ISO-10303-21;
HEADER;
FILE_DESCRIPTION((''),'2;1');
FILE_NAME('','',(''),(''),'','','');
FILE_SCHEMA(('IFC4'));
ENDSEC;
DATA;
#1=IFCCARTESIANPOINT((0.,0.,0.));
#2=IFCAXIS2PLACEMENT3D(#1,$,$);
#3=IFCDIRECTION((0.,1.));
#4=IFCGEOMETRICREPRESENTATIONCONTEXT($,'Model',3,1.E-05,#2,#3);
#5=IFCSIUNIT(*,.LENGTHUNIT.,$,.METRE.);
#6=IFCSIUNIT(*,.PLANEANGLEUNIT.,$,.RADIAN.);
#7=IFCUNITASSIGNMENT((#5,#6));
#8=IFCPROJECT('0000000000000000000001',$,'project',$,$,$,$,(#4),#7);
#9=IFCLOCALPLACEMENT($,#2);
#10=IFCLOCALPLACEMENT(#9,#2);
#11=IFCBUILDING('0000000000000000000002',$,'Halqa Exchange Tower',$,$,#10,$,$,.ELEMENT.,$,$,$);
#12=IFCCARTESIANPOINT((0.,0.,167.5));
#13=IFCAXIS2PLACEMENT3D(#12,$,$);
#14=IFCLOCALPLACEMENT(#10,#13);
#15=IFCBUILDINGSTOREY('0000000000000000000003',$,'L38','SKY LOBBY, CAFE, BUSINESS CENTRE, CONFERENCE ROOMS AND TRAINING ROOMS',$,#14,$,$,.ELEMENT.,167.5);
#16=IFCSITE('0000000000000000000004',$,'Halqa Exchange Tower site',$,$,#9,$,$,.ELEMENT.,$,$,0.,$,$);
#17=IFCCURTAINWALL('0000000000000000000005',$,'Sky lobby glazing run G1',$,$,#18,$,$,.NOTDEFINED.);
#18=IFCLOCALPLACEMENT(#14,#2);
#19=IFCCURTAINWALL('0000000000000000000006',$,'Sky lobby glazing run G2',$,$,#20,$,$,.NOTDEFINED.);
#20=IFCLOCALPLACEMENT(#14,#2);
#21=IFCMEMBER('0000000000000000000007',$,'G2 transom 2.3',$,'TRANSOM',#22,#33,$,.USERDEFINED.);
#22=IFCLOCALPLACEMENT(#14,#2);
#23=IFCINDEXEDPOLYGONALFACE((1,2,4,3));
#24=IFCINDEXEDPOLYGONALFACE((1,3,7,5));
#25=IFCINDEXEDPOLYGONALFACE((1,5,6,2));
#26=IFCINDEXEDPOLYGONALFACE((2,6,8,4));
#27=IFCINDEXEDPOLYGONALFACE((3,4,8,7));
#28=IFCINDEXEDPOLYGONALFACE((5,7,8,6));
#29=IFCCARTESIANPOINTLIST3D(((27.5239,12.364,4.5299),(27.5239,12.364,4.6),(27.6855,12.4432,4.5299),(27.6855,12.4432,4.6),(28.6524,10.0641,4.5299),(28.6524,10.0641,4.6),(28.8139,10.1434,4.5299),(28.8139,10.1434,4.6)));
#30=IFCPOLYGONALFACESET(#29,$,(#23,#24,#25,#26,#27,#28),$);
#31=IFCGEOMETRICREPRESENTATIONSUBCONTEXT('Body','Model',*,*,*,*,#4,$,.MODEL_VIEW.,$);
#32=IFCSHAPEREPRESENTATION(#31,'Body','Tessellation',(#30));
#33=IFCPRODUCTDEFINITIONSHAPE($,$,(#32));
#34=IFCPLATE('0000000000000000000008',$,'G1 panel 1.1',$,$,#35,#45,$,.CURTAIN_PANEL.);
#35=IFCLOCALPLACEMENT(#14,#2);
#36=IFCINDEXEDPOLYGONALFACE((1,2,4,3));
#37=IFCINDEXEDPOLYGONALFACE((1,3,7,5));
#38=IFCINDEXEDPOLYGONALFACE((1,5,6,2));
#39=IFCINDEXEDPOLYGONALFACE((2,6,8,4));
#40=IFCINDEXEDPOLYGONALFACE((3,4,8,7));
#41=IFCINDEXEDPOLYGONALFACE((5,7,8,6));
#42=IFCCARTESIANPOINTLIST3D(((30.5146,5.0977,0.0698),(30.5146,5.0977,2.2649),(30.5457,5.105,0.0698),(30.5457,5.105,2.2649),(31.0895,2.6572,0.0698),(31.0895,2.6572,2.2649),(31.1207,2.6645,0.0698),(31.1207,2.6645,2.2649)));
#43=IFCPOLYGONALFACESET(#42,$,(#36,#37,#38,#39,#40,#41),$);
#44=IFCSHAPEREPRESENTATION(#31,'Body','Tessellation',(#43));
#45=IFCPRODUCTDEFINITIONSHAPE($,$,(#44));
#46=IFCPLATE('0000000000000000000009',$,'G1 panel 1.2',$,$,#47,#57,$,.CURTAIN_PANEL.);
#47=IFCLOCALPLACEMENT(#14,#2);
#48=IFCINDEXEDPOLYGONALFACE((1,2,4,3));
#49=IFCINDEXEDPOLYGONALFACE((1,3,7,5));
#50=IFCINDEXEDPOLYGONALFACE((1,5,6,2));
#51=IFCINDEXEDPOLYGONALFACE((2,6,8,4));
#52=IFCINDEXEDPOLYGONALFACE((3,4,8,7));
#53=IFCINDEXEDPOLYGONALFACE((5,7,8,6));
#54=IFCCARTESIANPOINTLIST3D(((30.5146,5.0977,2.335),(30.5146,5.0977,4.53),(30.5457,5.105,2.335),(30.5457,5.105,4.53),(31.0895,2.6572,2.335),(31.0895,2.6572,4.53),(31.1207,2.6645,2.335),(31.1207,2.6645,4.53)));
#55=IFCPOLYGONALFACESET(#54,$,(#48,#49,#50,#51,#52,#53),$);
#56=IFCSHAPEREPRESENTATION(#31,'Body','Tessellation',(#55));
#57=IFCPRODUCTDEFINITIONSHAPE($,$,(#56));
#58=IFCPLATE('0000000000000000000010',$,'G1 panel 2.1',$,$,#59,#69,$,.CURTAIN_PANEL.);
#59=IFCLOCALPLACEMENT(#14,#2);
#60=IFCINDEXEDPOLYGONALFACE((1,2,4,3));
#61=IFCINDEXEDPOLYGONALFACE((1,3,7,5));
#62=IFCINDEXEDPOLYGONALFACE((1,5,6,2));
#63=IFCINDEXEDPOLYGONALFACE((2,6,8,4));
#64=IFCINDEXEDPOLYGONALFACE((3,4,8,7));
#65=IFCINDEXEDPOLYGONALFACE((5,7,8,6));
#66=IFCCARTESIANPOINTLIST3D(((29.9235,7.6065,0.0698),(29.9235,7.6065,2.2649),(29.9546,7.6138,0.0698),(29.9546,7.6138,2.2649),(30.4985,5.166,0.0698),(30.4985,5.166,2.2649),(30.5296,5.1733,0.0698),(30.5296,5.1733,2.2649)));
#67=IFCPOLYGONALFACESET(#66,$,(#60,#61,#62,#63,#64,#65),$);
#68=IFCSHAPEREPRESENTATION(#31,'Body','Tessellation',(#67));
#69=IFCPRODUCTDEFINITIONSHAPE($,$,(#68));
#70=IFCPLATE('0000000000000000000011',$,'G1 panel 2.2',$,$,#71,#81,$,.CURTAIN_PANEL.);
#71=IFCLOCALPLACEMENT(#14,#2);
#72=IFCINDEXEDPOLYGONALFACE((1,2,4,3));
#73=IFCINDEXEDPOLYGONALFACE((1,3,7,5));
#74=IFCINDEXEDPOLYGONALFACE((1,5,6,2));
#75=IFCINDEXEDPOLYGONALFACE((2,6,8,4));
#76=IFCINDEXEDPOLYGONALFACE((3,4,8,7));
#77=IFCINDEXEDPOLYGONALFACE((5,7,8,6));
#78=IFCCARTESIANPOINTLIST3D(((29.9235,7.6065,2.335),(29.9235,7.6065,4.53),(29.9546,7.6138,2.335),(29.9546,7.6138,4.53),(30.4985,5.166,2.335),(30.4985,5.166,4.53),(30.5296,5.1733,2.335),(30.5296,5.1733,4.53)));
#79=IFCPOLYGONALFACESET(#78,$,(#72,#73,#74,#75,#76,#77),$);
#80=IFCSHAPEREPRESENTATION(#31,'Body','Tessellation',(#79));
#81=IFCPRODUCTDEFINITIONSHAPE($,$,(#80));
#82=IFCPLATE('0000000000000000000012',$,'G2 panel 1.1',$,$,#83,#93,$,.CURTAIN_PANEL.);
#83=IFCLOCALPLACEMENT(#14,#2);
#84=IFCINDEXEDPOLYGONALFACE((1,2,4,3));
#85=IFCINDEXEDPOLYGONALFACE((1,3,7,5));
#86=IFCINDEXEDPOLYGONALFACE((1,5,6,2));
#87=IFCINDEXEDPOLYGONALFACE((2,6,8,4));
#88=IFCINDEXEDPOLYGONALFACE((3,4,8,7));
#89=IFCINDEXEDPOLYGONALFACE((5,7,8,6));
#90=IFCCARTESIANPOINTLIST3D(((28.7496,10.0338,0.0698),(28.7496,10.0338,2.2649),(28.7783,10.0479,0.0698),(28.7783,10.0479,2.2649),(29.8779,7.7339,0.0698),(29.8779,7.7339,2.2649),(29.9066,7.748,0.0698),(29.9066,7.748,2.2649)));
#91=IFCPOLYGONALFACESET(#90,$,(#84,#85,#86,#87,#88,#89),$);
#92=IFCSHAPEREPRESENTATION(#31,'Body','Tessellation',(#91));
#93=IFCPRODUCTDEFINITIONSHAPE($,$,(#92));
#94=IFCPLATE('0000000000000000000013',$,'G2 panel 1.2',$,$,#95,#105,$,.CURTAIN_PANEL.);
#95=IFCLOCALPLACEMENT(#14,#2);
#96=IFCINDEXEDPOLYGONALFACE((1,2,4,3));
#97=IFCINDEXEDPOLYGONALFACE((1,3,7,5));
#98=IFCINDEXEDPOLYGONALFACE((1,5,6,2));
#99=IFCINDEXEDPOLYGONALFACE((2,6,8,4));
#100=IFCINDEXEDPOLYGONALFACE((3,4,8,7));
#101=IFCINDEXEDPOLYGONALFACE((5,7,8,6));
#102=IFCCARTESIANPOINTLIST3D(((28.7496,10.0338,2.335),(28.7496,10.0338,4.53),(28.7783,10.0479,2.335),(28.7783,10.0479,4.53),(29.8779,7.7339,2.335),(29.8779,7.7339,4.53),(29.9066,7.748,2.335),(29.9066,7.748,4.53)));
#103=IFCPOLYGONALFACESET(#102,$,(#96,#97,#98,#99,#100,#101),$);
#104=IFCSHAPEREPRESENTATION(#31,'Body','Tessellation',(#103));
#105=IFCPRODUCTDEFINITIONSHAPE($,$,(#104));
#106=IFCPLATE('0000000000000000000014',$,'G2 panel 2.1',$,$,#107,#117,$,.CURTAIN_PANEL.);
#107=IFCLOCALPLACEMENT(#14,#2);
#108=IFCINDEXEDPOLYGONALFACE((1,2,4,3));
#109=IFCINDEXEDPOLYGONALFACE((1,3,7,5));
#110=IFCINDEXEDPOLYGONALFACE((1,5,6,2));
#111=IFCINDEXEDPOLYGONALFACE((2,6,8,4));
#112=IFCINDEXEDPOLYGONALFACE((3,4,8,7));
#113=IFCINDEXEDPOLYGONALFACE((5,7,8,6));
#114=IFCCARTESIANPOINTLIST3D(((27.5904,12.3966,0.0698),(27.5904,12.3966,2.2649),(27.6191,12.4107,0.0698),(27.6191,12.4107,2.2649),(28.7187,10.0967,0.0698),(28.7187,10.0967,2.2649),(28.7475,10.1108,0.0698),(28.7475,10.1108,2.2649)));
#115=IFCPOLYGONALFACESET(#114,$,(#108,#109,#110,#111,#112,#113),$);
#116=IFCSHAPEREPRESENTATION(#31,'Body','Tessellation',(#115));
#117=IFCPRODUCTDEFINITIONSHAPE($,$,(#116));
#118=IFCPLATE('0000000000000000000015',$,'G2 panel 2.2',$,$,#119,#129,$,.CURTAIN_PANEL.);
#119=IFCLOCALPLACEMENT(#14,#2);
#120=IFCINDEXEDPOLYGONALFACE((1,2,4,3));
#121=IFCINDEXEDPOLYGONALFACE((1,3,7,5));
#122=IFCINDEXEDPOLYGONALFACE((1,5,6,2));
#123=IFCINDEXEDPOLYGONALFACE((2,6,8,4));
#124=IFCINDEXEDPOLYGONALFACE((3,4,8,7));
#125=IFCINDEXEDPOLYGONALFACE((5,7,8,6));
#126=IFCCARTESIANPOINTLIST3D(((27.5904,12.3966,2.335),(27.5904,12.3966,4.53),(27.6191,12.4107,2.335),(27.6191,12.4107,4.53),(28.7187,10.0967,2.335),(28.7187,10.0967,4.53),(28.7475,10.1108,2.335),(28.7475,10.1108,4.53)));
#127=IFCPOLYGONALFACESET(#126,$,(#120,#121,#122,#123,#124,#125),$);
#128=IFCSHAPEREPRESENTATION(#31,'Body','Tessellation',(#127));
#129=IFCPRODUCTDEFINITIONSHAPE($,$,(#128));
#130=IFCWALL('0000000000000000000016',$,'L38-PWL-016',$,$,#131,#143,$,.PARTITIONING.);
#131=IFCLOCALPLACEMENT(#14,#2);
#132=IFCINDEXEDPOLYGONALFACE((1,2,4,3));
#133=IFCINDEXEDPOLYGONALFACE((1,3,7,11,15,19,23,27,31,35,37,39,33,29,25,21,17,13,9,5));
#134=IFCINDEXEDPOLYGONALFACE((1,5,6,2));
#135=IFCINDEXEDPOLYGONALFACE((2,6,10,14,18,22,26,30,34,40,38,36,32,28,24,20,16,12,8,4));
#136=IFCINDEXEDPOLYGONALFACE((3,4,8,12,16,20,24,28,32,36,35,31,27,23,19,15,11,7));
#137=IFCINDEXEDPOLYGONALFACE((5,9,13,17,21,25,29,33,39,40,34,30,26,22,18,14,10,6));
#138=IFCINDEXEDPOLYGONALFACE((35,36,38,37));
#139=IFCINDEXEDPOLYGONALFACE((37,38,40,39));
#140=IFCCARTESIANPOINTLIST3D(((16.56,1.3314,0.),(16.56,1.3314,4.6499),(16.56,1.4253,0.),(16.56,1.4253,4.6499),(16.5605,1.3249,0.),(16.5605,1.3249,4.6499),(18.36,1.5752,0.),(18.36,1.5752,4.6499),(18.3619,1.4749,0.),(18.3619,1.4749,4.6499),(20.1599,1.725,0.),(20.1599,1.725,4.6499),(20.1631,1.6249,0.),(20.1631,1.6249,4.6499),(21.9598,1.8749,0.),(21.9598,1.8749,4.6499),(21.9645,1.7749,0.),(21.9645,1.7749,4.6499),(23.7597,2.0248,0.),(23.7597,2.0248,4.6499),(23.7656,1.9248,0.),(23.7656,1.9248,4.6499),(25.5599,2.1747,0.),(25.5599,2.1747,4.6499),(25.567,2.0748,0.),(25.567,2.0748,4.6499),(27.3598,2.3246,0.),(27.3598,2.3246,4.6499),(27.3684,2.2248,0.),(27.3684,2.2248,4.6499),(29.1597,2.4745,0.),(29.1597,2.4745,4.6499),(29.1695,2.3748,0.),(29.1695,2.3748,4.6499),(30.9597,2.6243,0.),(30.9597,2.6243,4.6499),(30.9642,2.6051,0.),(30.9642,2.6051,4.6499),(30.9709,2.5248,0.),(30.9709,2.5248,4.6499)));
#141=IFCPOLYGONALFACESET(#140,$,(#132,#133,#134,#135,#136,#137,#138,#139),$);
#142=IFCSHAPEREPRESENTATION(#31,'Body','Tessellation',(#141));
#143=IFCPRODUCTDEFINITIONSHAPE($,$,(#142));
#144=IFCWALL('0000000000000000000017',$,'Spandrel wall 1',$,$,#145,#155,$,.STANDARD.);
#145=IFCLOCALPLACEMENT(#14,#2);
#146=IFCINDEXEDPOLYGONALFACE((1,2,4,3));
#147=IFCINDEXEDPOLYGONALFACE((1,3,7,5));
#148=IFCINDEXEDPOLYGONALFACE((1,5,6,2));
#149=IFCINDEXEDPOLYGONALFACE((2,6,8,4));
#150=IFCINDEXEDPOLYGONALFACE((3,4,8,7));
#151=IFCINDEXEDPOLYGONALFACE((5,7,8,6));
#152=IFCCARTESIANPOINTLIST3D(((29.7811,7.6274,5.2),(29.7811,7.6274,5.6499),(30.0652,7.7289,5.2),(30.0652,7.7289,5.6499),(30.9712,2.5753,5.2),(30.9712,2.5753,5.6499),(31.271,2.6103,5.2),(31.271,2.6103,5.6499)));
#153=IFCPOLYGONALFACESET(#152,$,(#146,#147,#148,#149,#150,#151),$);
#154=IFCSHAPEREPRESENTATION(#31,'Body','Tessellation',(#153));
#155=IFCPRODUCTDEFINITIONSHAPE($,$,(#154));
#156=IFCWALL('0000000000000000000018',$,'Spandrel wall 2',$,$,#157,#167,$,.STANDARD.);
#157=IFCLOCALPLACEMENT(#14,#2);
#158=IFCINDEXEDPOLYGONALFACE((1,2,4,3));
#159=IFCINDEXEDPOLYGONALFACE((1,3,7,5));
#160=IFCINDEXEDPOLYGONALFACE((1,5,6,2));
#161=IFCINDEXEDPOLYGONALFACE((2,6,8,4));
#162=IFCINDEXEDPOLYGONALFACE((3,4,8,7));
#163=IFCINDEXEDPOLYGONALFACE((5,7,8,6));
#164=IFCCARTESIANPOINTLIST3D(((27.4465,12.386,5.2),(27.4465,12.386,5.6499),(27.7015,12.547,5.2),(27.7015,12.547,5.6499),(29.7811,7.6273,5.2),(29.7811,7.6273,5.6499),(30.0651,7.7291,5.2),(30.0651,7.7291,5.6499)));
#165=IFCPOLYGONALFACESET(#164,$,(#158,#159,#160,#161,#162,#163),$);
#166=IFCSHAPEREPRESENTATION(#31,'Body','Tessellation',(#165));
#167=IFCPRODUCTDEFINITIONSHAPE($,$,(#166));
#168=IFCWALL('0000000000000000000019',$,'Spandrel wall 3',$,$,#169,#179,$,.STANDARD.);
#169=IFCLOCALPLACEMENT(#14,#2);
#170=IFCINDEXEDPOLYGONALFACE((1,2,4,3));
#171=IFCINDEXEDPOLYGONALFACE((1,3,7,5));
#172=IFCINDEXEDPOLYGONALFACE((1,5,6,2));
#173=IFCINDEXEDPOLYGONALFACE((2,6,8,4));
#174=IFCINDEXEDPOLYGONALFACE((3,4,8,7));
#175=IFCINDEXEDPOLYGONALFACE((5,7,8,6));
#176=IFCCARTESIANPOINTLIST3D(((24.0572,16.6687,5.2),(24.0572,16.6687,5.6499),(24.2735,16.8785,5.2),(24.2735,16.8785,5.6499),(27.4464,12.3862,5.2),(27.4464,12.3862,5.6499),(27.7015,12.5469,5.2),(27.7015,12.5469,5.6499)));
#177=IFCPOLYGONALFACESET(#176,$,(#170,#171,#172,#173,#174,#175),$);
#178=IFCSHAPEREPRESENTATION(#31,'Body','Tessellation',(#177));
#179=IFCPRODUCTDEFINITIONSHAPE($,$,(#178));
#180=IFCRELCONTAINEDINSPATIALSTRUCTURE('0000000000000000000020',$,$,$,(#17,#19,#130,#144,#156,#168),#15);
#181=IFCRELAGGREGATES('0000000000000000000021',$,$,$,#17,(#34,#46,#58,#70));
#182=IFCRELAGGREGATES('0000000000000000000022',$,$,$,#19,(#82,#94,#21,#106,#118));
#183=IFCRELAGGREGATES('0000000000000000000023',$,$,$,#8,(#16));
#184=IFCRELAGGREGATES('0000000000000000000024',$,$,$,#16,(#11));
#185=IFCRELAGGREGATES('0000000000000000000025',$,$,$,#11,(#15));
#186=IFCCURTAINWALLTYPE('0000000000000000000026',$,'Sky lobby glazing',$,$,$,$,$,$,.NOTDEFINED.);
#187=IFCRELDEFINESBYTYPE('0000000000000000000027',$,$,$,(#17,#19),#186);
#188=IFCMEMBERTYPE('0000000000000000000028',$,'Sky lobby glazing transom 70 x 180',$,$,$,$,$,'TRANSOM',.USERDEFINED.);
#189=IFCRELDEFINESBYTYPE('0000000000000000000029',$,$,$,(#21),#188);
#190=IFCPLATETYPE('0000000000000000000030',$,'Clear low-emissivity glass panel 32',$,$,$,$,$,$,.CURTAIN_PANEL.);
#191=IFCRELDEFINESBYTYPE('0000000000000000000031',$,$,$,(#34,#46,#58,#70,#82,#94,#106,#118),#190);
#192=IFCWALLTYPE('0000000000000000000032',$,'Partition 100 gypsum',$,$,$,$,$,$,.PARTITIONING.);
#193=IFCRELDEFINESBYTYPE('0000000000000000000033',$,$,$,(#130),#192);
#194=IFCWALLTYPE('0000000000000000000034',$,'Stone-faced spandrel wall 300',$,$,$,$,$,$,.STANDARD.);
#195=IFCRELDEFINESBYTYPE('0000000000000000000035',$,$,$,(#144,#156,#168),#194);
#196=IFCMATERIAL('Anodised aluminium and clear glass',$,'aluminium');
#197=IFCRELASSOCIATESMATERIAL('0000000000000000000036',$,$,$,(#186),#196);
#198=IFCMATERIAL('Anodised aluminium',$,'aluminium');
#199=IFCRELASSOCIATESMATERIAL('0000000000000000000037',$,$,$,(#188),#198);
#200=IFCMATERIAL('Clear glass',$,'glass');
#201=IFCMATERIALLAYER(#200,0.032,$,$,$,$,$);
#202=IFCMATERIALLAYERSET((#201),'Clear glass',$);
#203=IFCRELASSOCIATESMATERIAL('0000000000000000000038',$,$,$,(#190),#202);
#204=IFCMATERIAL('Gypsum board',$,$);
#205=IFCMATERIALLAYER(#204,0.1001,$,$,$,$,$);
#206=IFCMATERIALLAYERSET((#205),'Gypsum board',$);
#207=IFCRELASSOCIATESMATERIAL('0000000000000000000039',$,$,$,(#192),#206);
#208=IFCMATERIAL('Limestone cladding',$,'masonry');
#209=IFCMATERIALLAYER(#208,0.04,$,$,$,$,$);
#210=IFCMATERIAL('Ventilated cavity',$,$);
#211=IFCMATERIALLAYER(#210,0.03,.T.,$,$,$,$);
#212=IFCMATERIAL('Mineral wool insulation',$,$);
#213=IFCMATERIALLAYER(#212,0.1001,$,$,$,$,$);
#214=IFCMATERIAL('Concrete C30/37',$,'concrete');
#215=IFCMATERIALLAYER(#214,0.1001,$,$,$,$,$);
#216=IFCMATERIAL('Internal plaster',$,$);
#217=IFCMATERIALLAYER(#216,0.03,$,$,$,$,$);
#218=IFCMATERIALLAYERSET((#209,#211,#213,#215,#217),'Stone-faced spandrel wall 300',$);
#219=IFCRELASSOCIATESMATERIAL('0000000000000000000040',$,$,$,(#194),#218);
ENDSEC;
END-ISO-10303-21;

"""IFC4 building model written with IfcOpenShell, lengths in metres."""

from ifc_helpers import new_model, si_unit, direction, frame, origin, origin_2d, place, context, subcontext, project, spatial, polyline, rectangle, outline, extrude, material, layer, layer_set, material_profile, profile_set, type_object, element, aggregate, save


model = new_model("IFC4")

# Units and contexts
model_context = context("Model", 3, precision=1e-05, world=origin(), true_north=direction((0.0, 1.0)))
body_context = subcontext(model_context, "Body", "Model", "MODEL_VIEW")
ifc_project = project(units=[si_unit("LENGTHUNIT", "METRE"), si_unit("PLANEANGLEUNIT", "RADIAN")], contexts=[model_context])

# Site, building, storey
site_placement = place(None, origin())
site = spatial("IfcSite", under=ifc_project, at=site_placement, Name="Halqa Exchange Tower site", CompositionType="ELEMENT", RefElevation=0.0)
building_placement = place(site_placement, origin())
building = spatial("IfcBuilding", under=site, at=building_placement, Name="Halqa Exchange Tower", CompositionType="ELEMENT")
storey_placement = place(building_placement, frame((0.0, 0.0, 167.5)))
storey = spatial("IfcBuildingStorey", under=building, at=storey_placement, Name="L38", Description="SKY LOBBY, CAFE, BUSINESS CENTRE, CONFERENCE ROOMS AND TRAINING ROOMS", CompositionType="ELEMENT", Elevation=167.5)

# Curtain walls
ifc_material_1 = material(Name="Anodised aluminium and clear glass", Category="aluminium")
curtain_wall_type = type_object("IfcCurtainWallType", Name="Sky lobby glazing", PredefinedType="NOTDEFINED", material=ifc_material_1)
curtain_wall_1_placement = place(storey_placement, origin())
curtain_wall_1 = element("IfcCurtainWall", 1, at=curtain_wall_1_placement, inside=storey, type_object=curtain_wall_type, Name="Sky lobby glazing run G1", PredefinedType="NOTDEFINED")
ifc_material_2 = material(Name="Anodised aluminium", Category="aluminium")
curtain_wall_2_placement = place(storey_placement, origin())
curtain_wall_2 = element("IfcCurtainWall", 2, at=curtain_wall_2_placement, inside=storey, type_object=curtain_wall_type, Name="Sky lobby glazing run G2", PredefinedType="NOTDEFINED")

# Member
ifc_material_profile_1 = material_profile(ifc_material_2, rectangle(XDim=0.1799, YDim=0.0701, at=origin_2d()), Name="AL 70x180")
ifc_profile_set_1 = profile_set([ifc_material_profile_1], Name="Anodised aluminium")
member_type_1 = type_object("IfcMemberType", Name="Sky lobby glazing transom 70 x 180", ElementType="TRANSOM", PredefinedType="USERDEFINED", material=ifc_profile_set_1)
member_1_placement = place(storey_placement, frame((28.7332, 10.1038, 4.5649), z_axis=(-0.440492, 0.897757, 0.0), x_axis=(-0.897757, -0.440492, 0.0)))
member_1 = element("IfcMember", 3, at=member_1_placement, type_object=member_type_1, Name="G2 transom 2.3", ObjectType="TRANSOM", PredefinedType="USERDEFINED", context=body_context, shape_type="SweptSolid", body=[
    extrude(rectangle(XDim=0.1799, YDim=0.0701, at=origin_2d()), origin(), (0.0, 0.0, 1.0), 2.5618),
])

# Plates
ifc_material_3 = material(Name="Clear glass", Category="glass")
ifc_layer_1 = layer(ifc_material_3, 0.032)
ifc_layer_set_1 = layer_set([ifc_layer_1], Name="Clear glass")
plate_type = type_object("IfcPlateType", Name="Clear low-emissivity glass panel 32", PredefinedType="CURTAIN_PANEL", material=ifc_layer_set_1)
plate_1_placement = place(storey_placement, frame((30.8176, 3.8811, 0.0698), z_axis=(0.0, 0.0, 1.0), x_axis=(-0.229318, 0.973352, 0.0)))
plate_1 = element("IfcPlate", 4, at=plate_1_placement, type_object=plate_type, Name="G1 panel 1.1", PredefinedType="CURTAIN_PANEL", context=body_context, shape_type="SweptSolid", body=[
    extrude(rectangle(XDim=2.5073, YDim=0.032, at=origin_2d()), origin(), (0.0, 0.0, 1.0), 2.1951),
])
plate_2_placement = place(storey_placement, frame((30.8176, 3.8811, 2.335), z_axis=(0.0, 0.0, 1.0), x_axis=(-0.229318, 0.973352, 0.0)))
plate_2 = element("IfcPlate", 5, at=plate_2_placement, type_object=plate_type, Name="G1 panel 1.2", PredefinedType="CURTAIN_PANEL", context=body_context, shape_type="SweptSolid", body=[
    extrude(rectangle(XDim=2.5073, YDim=0.032, at=origin_2d()), origin(), (0.0, 0.0, 1.0), 2.1951),
])
plate_3_placement = place(storey_placement, frame((30.2266, 6.3899, 0.0698), z_axis=(0.0, 0.0, 1.0), x_axis=(-0.229318, 0.973352, 0.0)))
plate_3 = element("IfcPlate", 6, at=plate_3_placement, type_object=plate_type, Name="G1 panel 2.1", PredefinedType="CURTAIN_PANEL", context=body_context, shape_type="SweptSolid", body=[
    extrude(rectangle(XDim=2.5073, YDim=0.032, at=origin_2d()), origin(), (0.0, 0.0, 1.0), 2.1951),
])
plate_4_placement = place(storey_placement, frame((30.2266, 6.3899, 2.335), z_axis=(0.0, 0.0, 1.0), x_axis=(-0.229318, 0.973352, 0.0)))
plate_4 = element("IfcPlate", 7, at=plate_4_placement, type_object=plate_type, Name="G1 panel 2.2", PredefinedType="CURTAIN_PANEL", context=body_context, shape_type="SweptSolid", body=[
    extrude(rectangle(XDim=2.5073, YDim=0.032, at=origin_2d()), origin(), (0.0, 0.0, 1.0), 2.1951),
])
aggregate(curtain_wall_1, [plate_1, plate_2, plate_3, plate_4])
plate_5_placement = place(storey_placement, frame((29.3281, 8.8909, 0.0698), z_axis=(0.0, 0.0, 1.0), x_axis=(-0.440444, 0.89778, 0.0)))
plate_5 = element("IfcPlate", 8, at=plate_5_placement, type_object=plate_type, Name="G2 panel 1.1", PredefinedType="CURTAIN_PANEL", context=body_context, shape_type="SweptSolid", body=[
    extrude(rectangle(XDim=2.5618, YDim=0.032, at=origin_2d()), origin(), (0.0, 0.0, 1.0), 2.1951),
])
plate_6_placement = place(storey_placement, frame((29.3281, 8.8909, 2.335), z_axis=(0.0, 0.0, 1.0), x_axis=(-0.440444, 0.89778, 0.0)))
plate_6 = element("IfcPlate", 9, at=plate_6_placement, type_object=plate_type, Name="G2 panel 1.2", PredefinedType="CURTAIN_PANEL", context=body_context, shape_type="SweptSolid", body=[
    extrude(rectangle(XDim=2.5618, YDim=0.032, at=origin_2d()), origin(), (0.0, 0.0, 1.0), 2.1951),
])
plate_7_placement = place(storey_placement, frame((28.1689, 11.2537, 0.0698), z_axis=(0.0, 0.0, 1.0), x_axis=(-0.440444, 0.89778, 0.0)))
plate_7 = element("IfcPlate", 10, at=plate_7_placement, type_object=plate_type, Name="G2 panel 2.1", PredefinedType="CURTAIN_PANEL", context=body_context, shape_type="SweptSolid", body=[
    extrude(rectangle(XDim=2.5618, YDim=0.032, at=origin_2d()), origin(), (0.0, 0.0, 1.0), 2.1951),
])
plate_8_placement = place(storey_placement, frame((28.1689, 11.2537, 2.335), z_axis=(0.0, 0.0, 1.0), x_axis=(-0.440444, 0.89778, 0.0)))
plate_8 = element("IfcPlate", 11, at=plate_8_placement, type_object=plate_type, Name="G2 panel 2.2", PredefinedType="CURTAIN_PANEL", context=body_context, shape_type="SweptSolid", body=[
    extrude(rectangle(XDim=2.5618, YDim=0.032, at=origin_2d()), origin(), (0.0, 0.0, 1.0), 2.1951),
])
aggregate(curtain_wall_2, [plate_5, plate_6, member_1, plate_7, plate_8])

# Walls
ifc_material_4 = material(Name="Gypsum board")
ifc_layer_2 = layer(ifc_material_4, 0.1001)
ifc_layer_set_2 = layer_set([ifc_layer_2], Name="Gypsum board")
wall_type_1 = type_object("IfcWallType", Name="Partition 100 gypsum", PredefinedType="PARTITIONING", material=ifc_layer_set_2)
wall_1_placement = place(storey_placement, frame((16.5564, 1.3748, 0.0), z_axis=(0.0, 0.0, 1.0), x_axis=(0.996551, 0.082983, 0.0)))
element("IfcWall", 12, at=wall_1_placement, inside=storey, type_object=wall_type_1, Name="L38-PWL-016", PredefinedType="PARTITIONING", context=body_context, shape_type="SweptSolid", body=[
    extrude(outline(polyline([(14.4602, -0.05), (14.4602, 0.0305), (14.4573, 0.05), (12.6511, 0.05), (10.845, 0.05), (9.0388, 0.05), (7.2324, 0.05), (5.4263, 0.05), (3.6201, 0.05), (1.814, 0.05), (0.0078, 0.05), (0.0, -0.0435), (0.0, -0.05), (1.8076, -0.05), (3.615, -0.05), (5.4226, -0.05), (7.23, -0.05), (9.0376, -0.05), (10.8452, -0.05), (12.6526, -0.05), (14.4602, -0.05)])), origin(), (0.0, 0.0, 1.0), 4.6499),
])
ifc_material_5 = material(Name="Limestone cladding", Category="masonry")
ifc_layer_3 = layer(ifc_material_5, 0.04)
ifc_material_6 = material(Name="Ventilated cavity")
ifc_layer_4 = layer(ifc_material_6, 0.03, ventilated=True)
ifc_material_7 = material(Name="Mineral wool insulation")
ifc_layer_5 = layer(ifc_material_7, 0.1001)
ifc_material_8 = material(Name="Concrete C30/37", Category="concrete")
ifc_layer_6 = layer(ifc_material_8, 0.1001)
ifc_material_9 = material(Name="Internal plaster")
ifc_layer_7 = layer(ifc_material_9, 0.03)
ifc_layer_set_3 = layer_set([ifc_layer_3, ifc_layer_4, ifc_layer_5, ifc_layer_6, ifc_layer_7], Name="Stone-faced spandrel wall 300")
wall_type_2 = type_object("IfcWallType", Name="Stone-faced spandrel wall 300", PredefinedType="STANDARD", material=ifc_layer_set_3)
wall_2_placement = place(storey_placement, frame((31.1211, 2.5928, 5.2), z_axis=(0.0, 0.0, 1.0), x_axis=(-0.229297, 0.973356, 0.0)))
element("IfcWall", 13, at=wall_2_placement, inside=storey, type_object=wall_type_2, Name="Spandrel wall 1", PredefinedType="STANDARD", context=body_context, shape_type="SweptSolid", body=[
    extrude(outline(polyline([(-0.0173, -0.1499), (5.2415, -0.1499), (5.2078, 0.1499), (0.0173, 0.1499), (-0.0173, -0.1499)])), origin(), (0.0, 0.0, 1.0), 0.45),
])
wall_3_placement = place(storey_placement, frame((29.9231, 7.6782, 5.2), z_axis=(0.0, 0.0, 1.0), x_axis=(-0.440444, 0.89778, 0.0)))
element("IfcWall", 14, at=wall_3_placement, inside=storey, type_object=wall_type_2, Name="Spandrel wall 2", PredefinedType="STANDARD", context=body_context, shape_type="SweptSolid", body=[
    extrude(outline(polyline([(-0.0168, -0.1499), (5.3496, -0.1499), (5.3174, 0.1499), (0.0168, 0.1499), (-0.0168, -0.1499)])), origin(), (0.0, 0.0, 1.0), 0.45),
])
wall_4_placement = place(storey_placement, frame((27.574, 12.4666, 5.2), z_axis=(0.0, 0.0, 1.0), x_axis=(-0.620578, 0.784145, 0.0)))
element("IfcWall", 15, at=wall_4_placement, inside=storey, type_object=wall_type_2, Name="Spandrel wall 3", PredefinedType="STANDARD", context=body_context, shape_type="SweptSolid", body=[
    extrude(outline(polyline([(-0.0161, -0.1499), (5.5078, -0.1499), (5.4775, 0.1499), (0.0161, 0.1499), (-0.0161, -0.1499)])), origin(), (0.0, 0.0, 1.0), 0.45),
])

save(model, "model.ifc")
